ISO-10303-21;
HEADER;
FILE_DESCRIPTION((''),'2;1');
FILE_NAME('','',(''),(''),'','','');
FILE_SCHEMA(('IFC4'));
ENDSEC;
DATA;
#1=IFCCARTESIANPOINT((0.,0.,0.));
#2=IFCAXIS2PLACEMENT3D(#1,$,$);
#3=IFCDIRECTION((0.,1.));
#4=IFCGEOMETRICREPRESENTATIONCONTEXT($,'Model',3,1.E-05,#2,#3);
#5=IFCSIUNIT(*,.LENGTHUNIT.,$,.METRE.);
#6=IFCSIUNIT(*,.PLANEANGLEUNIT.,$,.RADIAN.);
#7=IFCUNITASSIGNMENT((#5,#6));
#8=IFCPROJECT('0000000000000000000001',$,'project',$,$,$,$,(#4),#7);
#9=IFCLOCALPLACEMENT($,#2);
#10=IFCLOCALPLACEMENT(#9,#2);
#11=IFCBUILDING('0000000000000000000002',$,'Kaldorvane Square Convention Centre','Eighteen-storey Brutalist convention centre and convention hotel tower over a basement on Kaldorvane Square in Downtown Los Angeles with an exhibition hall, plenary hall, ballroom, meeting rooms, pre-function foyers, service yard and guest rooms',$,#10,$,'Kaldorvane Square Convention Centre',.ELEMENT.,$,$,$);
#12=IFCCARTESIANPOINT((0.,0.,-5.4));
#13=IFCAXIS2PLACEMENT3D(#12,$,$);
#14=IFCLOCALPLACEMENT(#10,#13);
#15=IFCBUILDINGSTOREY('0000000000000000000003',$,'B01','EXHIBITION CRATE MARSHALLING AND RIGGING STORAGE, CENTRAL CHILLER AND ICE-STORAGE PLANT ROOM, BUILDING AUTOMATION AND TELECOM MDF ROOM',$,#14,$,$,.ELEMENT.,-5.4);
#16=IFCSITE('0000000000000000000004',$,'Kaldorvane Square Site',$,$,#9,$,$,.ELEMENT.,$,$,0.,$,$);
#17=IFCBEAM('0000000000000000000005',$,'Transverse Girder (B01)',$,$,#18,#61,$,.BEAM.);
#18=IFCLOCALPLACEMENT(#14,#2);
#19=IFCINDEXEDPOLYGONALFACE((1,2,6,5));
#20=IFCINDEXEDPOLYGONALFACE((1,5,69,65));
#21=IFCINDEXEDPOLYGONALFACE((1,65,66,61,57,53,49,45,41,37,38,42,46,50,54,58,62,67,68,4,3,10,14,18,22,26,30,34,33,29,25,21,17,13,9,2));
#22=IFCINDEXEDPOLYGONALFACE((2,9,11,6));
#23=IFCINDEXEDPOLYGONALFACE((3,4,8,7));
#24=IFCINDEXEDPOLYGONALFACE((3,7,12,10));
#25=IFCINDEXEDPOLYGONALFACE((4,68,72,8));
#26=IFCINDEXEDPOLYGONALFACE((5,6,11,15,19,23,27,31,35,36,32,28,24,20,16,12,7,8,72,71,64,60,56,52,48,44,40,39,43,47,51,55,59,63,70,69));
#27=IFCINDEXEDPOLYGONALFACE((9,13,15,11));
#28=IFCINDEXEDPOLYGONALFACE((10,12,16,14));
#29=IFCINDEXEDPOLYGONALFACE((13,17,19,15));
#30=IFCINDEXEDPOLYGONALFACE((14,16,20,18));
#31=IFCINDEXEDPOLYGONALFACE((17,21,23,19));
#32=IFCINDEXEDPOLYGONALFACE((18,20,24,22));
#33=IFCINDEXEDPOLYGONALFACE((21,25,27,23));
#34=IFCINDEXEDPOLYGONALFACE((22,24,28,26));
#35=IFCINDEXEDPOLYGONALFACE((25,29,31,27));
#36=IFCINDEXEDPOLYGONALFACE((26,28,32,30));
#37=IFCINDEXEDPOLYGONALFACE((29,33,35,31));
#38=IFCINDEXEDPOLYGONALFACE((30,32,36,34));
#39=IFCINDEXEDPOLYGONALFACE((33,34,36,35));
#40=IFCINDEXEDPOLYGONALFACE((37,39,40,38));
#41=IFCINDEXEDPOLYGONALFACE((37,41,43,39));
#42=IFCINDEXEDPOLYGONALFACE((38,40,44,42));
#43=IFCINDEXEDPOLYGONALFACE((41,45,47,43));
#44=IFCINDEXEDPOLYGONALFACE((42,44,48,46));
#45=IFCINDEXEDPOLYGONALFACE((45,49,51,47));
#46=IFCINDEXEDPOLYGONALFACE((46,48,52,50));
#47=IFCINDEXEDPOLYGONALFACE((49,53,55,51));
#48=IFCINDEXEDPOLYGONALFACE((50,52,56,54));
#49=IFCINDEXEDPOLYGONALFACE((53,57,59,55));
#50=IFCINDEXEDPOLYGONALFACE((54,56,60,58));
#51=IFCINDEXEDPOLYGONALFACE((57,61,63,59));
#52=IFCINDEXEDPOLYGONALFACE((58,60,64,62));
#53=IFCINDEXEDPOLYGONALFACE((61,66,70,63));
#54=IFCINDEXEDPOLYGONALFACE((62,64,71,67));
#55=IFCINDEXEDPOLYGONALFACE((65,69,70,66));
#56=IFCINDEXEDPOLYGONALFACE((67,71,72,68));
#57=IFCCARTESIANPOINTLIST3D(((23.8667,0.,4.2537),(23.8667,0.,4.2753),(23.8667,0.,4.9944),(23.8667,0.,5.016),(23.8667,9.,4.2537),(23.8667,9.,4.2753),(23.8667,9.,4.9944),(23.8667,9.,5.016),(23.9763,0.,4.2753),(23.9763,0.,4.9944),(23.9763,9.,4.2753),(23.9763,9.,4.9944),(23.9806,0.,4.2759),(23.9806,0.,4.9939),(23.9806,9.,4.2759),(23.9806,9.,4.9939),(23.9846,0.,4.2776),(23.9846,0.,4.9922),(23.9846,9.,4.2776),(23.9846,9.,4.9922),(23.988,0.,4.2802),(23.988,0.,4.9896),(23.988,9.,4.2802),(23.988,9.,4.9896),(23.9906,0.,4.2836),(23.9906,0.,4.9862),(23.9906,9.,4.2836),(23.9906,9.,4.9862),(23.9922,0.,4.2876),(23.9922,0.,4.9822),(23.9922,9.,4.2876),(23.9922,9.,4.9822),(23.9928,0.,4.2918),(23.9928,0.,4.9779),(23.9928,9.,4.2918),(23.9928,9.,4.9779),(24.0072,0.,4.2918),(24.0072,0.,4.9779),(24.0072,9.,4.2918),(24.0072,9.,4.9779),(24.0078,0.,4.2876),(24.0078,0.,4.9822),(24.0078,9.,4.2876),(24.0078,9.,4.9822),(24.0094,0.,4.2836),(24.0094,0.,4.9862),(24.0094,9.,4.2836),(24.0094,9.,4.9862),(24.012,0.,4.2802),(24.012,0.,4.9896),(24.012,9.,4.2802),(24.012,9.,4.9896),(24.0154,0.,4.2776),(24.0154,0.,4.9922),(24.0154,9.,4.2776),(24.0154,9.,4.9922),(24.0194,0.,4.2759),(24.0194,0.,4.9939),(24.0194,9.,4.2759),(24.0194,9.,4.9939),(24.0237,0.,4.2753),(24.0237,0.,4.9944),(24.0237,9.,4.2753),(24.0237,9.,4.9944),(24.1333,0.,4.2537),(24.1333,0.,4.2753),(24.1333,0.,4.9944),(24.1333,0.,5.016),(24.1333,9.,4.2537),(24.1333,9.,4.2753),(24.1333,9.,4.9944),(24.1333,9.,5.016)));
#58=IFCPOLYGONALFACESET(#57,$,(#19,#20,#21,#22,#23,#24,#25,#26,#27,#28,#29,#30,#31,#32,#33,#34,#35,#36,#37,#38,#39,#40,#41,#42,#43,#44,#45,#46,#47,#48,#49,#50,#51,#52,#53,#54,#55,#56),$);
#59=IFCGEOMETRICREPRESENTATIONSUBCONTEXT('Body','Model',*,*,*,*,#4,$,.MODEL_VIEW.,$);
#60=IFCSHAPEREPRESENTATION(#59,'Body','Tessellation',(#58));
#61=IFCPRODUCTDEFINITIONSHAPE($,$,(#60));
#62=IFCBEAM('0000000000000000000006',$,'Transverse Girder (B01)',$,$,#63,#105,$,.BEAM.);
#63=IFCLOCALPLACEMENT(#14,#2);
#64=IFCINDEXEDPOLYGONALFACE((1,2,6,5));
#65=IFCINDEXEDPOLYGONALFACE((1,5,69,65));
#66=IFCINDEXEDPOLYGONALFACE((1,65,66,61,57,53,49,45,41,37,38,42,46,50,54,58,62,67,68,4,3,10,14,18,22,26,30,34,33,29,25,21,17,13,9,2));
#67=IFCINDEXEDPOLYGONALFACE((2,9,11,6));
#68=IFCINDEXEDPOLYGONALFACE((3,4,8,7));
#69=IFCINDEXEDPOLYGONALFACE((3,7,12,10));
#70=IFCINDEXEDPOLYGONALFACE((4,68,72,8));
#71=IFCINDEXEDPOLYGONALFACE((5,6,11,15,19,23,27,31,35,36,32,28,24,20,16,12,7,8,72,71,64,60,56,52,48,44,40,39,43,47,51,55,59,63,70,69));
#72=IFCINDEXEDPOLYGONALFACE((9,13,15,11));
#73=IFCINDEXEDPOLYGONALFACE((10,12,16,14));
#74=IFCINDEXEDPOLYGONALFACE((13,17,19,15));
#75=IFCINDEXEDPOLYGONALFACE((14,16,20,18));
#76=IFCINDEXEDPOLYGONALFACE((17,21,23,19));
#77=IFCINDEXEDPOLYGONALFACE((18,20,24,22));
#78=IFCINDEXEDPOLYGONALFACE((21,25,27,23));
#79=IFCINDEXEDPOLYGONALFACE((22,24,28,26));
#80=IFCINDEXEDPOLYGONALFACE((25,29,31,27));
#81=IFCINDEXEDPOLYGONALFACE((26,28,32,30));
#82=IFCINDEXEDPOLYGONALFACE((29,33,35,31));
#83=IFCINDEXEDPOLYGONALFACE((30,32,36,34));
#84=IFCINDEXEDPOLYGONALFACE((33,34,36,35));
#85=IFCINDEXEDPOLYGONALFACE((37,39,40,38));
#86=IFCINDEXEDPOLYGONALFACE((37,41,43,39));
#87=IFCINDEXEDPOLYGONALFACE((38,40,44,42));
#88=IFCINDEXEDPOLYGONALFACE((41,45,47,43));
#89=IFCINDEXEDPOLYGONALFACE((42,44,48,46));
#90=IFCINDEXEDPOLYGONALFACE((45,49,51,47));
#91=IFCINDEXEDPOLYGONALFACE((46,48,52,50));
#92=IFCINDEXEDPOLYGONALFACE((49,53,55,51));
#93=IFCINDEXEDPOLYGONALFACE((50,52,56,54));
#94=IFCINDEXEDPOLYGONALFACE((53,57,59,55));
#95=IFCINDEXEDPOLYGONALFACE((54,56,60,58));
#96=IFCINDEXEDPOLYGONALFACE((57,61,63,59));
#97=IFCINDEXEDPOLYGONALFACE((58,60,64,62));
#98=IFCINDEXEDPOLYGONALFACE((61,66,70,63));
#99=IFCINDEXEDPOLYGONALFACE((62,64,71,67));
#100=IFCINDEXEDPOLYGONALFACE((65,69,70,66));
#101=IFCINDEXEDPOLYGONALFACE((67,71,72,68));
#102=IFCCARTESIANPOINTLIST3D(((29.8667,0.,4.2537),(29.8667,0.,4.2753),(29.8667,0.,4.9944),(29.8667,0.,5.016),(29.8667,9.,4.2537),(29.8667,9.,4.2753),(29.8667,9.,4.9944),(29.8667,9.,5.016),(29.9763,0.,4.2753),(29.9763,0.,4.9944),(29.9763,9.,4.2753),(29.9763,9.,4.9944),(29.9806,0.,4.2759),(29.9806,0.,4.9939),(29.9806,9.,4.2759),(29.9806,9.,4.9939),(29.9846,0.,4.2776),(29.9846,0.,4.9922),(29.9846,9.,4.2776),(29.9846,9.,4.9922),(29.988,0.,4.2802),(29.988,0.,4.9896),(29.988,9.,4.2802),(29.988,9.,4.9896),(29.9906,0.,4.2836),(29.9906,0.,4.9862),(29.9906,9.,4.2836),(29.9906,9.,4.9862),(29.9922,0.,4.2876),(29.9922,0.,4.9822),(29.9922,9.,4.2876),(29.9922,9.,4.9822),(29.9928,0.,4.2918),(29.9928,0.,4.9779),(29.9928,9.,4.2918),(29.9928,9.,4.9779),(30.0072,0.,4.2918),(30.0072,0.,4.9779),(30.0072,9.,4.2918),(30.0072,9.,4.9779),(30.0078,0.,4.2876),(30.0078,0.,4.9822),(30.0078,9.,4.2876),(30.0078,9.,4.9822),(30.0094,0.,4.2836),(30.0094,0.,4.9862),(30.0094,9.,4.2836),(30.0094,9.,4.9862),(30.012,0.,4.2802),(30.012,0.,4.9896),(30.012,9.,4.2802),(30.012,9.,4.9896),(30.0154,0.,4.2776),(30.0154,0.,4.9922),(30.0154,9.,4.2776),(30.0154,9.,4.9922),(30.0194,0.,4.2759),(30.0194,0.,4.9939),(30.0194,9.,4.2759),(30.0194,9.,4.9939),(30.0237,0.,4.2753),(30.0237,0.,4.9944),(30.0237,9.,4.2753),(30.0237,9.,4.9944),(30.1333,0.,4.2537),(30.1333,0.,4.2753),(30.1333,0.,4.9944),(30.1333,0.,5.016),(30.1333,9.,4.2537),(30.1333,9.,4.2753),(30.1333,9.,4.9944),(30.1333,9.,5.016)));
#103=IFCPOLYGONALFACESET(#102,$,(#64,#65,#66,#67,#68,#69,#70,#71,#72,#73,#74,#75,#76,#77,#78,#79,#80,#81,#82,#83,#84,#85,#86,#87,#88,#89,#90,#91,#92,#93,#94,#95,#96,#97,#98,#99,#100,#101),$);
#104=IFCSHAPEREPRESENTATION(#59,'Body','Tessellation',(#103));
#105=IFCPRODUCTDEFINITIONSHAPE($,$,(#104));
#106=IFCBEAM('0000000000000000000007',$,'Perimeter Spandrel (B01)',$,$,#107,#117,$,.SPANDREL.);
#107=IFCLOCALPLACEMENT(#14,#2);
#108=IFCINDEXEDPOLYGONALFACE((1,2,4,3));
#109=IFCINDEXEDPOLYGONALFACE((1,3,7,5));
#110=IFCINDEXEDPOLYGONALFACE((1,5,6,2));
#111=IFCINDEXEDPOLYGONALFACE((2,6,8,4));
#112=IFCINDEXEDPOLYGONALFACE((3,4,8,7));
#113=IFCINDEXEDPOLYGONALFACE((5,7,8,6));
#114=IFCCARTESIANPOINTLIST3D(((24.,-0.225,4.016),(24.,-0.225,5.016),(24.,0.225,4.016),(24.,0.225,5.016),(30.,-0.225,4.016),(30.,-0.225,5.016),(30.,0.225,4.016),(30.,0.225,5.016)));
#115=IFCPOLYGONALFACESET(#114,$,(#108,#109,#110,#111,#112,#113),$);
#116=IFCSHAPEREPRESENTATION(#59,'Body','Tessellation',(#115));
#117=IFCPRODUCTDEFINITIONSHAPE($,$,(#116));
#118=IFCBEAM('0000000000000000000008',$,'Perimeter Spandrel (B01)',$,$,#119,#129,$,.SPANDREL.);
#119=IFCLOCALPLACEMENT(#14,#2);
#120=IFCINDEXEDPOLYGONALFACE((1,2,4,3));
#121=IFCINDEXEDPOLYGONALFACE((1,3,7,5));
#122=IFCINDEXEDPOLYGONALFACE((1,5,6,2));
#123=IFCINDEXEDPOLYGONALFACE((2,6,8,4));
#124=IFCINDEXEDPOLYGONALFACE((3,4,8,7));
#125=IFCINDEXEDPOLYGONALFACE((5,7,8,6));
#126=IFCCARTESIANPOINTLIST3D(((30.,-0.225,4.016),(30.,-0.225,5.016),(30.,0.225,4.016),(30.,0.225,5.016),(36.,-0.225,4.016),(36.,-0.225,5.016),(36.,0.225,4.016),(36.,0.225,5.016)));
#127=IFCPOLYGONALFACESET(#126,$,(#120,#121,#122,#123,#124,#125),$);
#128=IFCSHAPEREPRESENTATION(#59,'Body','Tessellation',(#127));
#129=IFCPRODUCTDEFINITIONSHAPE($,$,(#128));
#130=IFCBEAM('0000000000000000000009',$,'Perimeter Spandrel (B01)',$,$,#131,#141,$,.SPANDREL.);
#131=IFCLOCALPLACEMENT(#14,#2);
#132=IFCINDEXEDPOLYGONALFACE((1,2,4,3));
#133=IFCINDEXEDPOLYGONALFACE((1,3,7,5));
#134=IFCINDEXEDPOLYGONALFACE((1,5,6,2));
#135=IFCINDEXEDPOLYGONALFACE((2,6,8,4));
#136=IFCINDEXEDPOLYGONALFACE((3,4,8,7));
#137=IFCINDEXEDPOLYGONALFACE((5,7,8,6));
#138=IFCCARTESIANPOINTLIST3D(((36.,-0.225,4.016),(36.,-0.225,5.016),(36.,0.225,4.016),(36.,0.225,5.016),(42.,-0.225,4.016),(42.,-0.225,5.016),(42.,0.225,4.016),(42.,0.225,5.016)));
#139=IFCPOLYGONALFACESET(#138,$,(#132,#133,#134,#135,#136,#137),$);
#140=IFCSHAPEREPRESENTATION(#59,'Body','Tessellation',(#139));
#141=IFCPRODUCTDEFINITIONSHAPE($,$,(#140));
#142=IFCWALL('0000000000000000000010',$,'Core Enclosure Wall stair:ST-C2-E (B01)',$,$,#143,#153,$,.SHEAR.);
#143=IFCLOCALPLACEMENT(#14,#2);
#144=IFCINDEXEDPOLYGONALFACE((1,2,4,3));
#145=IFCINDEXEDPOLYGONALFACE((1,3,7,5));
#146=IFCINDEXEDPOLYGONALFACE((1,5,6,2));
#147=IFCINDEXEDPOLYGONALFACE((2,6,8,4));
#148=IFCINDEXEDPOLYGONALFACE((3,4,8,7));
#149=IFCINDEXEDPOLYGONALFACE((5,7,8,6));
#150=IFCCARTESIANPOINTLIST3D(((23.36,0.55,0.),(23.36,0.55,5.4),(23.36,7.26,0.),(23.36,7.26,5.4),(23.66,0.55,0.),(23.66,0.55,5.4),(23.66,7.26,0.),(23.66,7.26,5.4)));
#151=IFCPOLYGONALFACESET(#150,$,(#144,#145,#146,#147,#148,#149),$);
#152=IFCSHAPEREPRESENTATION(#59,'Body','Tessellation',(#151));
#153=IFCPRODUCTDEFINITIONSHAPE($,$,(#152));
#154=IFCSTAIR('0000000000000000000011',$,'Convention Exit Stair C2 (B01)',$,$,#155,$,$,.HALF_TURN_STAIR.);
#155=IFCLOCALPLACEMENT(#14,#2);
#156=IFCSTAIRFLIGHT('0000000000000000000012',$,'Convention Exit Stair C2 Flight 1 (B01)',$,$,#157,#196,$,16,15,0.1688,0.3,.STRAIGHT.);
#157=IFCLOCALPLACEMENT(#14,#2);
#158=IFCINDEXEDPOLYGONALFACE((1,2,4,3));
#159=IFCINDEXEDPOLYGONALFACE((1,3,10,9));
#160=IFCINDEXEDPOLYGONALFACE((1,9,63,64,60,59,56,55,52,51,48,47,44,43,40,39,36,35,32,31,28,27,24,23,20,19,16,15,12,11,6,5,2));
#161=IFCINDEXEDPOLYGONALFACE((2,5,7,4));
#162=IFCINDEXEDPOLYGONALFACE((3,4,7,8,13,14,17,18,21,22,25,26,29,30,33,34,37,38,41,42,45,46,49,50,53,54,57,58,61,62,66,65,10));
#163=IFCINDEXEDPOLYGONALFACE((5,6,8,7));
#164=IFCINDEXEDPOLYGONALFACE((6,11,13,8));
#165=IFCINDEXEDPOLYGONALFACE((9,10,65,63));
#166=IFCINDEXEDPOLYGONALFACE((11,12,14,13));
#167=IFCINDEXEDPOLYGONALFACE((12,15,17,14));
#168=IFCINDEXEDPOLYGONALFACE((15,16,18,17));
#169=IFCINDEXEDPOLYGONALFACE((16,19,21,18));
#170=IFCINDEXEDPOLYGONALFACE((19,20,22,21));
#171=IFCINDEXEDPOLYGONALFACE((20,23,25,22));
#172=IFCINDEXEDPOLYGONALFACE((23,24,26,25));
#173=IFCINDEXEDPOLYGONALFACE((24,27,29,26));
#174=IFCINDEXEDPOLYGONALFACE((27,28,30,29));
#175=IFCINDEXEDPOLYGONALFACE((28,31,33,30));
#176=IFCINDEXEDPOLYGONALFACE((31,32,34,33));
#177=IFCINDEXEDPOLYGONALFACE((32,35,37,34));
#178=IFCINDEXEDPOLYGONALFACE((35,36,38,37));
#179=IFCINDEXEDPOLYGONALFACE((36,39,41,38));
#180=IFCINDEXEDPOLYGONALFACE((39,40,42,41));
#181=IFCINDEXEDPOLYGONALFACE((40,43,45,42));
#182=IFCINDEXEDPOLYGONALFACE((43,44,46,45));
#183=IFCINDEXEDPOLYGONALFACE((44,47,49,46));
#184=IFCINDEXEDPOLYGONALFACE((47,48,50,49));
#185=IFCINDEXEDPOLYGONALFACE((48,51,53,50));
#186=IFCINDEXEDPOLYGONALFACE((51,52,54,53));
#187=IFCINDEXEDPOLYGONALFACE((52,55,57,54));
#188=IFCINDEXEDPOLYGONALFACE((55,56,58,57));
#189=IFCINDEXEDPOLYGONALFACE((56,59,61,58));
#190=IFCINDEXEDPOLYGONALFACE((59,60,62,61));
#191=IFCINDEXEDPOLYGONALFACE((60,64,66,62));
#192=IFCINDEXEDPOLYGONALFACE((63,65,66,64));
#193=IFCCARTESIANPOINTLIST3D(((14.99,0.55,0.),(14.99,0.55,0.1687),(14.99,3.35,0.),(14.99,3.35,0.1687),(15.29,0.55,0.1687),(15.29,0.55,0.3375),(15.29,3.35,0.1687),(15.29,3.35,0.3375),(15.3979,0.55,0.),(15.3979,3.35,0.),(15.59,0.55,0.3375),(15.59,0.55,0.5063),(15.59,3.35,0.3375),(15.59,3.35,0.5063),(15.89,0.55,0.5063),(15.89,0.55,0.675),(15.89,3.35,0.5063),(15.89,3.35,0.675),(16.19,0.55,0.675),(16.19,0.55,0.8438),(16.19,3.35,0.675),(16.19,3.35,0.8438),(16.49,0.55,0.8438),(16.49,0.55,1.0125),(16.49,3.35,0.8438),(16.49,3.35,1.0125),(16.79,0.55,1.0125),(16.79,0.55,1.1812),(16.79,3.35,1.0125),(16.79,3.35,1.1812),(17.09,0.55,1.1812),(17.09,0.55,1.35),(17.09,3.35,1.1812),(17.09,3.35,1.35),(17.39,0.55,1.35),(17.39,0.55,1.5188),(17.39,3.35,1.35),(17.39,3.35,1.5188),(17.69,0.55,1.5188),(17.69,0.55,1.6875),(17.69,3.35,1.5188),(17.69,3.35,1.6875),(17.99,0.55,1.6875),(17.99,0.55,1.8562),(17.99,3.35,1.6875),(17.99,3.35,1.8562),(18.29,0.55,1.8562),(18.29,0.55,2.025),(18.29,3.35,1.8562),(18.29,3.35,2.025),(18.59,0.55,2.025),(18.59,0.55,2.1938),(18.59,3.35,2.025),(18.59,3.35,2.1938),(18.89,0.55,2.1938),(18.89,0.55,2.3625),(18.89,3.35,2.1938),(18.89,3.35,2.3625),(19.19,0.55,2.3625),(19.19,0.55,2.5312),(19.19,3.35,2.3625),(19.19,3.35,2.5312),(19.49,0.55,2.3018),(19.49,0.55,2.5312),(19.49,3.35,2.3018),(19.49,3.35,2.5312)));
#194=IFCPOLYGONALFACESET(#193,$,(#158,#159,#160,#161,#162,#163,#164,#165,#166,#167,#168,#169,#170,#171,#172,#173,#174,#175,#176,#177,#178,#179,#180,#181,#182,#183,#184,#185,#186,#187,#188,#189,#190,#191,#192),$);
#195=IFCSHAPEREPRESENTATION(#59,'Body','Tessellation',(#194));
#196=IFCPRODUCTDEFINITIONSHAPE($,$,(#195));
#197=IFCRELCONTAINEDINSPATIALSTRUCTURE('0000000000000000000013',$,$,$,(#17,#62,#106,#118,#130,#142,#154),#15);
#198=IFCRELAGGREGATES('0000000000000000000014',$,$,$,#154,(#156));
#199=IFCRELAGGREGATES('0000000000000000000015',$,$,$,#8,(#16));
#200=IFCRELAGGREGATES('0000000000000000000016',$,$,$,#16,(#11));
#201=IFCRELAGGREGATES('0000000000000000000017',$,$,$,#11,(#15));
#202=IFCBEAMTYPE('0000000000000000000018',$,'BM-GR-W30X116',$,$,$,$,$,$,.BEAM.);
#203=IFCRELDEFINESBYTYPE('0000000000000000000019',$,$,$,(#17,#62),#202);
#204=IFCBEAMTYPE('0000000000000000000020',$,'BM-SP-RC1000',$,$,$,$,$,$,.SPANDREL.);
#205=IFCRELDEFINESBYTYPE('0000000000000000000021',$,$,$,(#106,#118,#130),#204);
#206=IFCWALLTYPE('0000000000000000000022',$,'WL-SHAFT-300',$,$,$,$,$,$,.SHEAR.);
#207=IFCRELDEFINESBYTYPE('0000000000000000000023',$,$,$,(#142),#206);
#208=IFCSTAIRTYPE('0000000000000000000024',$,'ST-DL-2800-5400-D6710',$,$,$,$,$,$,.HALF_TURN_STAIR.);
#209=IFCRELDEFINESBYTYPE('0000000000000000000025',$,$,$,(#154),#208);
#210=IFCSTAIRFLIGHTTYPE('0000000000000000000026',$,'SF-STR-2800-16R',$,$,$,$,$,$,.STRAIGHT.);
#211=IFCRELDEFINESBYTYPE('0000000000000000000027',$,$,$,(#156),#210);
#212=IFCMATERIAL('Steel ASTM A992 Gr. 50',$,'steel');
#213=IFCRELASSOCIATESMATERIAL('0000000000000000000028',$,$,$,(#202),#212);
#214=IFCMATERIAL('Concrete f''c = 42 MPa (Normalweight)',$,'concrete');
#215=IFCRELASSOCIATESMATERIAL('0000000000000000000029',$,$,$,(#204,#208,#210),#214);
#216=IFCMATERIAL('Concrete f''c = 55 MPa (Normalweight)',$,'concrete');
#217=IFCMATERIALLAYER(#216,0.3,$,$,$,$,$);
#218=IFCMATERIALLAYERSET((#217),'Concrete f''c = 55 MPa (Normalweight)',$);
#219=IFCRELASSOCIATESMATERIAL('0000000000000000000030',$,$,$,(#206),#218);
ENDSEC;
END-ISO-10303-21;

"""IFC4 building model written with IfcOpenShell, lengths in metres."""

from ifc_helpers import new_model, si_unit, direction, frame, frame_2d, origin, origin_2d, place, context, subcontext, project, spatial, polyline, rectangle, i_section, outline, extrude, material, layer, layer_set, material_profile, profile_set, type_object, element, aggregate, save


model = new_model("IFC4")

# Units and contexts
model_context = context("Model", 3, precision=1e-05, world=origin(), true_north=direction((0.0, 1.0)))
body_context = subcontext(model_context, "Body", "Model", "MODEL_VIEW")
ifc_project = project(units=[si_unit("LENGTHUNIT", "METRE"), si_unit("PLANEANGLEUNIT", "RADIAN")], contexts=[model_context])

# Site, building, storey
site_placement = place(None, origin())
site = spatial("IfcSite", under=ifc_project, at=site_placement, Name="Kaldorvane Square Site", CompositionType="ELEMENT", RefElevation=0.0)
building_placement = place(site_placement, origin())
building = spatial("IfcBuilding", under=site, at=building_placement, Name="Kaldorvane Square Convention Centre", Description="Eighteen-storey Brutalist convention centre and convention hotel tower over a basement on Kaldorvane Square in Downtown Los Angeles with an exhibition hall, plenary hall, ballroom, meeting rooms, pre-function foyers, service yard and guest rooms", LongName="Kaldorvane Square Convention Centre", CompositionType="ELEMENT")
storey_placement = place(building_placement, frame((0.0, 0.0, -5.4)))
storey = spatial("IfcBuildingStorey", under=building, at=storey_placement, Name="B01", Description="EXHIBITION CRATE MARSHALLING AND RIGGING STORAGE, CENTRAL CHILLER AND ICE-STORAGE PLANT ROOM, BUILDING AUTOMATION AND TELECOM MDF ROOM", CompositionType="ELEMENT", Elevation=-5.4)

# Shared definitions
ifc_material_1 = material(Name="Concrete f'c = 42 MPa (Normalweight)", Category="concrete")

# Shared definitions
ifc_material_2 = material(Name="Steel ASTM A992 Gr. 50", Category="steel")
ifc_material_3 = material(Name="Concrete f'c = 55 MPa (Normalweight)", Category="concrete")

# Beams
ifc_material_profile_1 = material_profile(ifc_material_2, i_section(OverallWidth=0.2666, OverallDepth=0.7623, WebThickness=0.0144, FlangeThickness=0.0216, FilletRadius=0.0165, at=origin_2d()), Name="W30X116")
ifc_profile_set_1 = profile_set([ifc_material_profile_1], Name="Steel ASTM A992 Gr. 50")
beam_type_1 = type_object("IfcBeamType", Name="BM-GR-W30X116", PredefinedType="BEAM", material=ifc_profile_set_1)
for number, where, z_axis, x_axis, name in (
    (1, (24.0, 0.0, 4.6349), (0.0, 1.0, 0.0), (-1.0, 0.0, 0.0), "Transverse Girder (B01)"),
    (2, (30.0, 0.0, 4.6349), (0.0, 1.0, 0.0), (-1.0, 0.0, 0.0), "Transverse Girder (B01)"),
):
    element("IfcBeam", number, at=place(storey_placement, frame(where, z_axis=z_axis, x_axis=x_axis)), inside=storey, type_object=beam_type_1, Name=name, PredefinedType="BEAM", context=body_context, shape_type="SweptSolid", body=[
        extrude(i_section(OverallWidth=0.2666, OverallDepth=0.7623, WebThickness=0.0144, FlangeThickness=0.0216, FilletRadius=0.0165, at=origin_2d()), origin(), (0.0, 0.0, 1.0), 9.0),
    ])
ifc_material_profile_2 = material_profile(ifc_material_1, rectangle(XDim=0.45, YDim=1.0, at=origin_2d()), Name="RCSP1000X450")
ifc_profile_set_2 = profile_set([ifc_material_profile_2], Name="Concrete f'c = 42 MPa (Normalweight)")
beam_type_2 = type_object("IfcBeamType", Name="BM-SP-RC1000", PredefinedType="SPANDREL", material=ifc_profile_set_2)
for number, where, z_axis, x_axis, name in (
    (3, (24.0, 0.0, 4.516), (1.0, 0.0, 0.0), (0.0, 1.0, 0.0), "Perimeter Spandrel (B01)"),
    (4, (30.0, 0.0, 4.516), (1.0, 0.0, 0.0), (0.0, 1.0, 0.0), "Perimeter Spandrel (B01)"),
    (5, (36.0, 0.0, 4.516), (1.0, 0.0, 0.0), (0.0, 1.0, 0.0), "Perimeter Spandrel (B01)"),
):
    element("IfcBeam", number, at=place(storey_placement, frame(where, z_axis=z_axis, x_axis=x_axis)), inside=storey, type_object=beam_type_2, Name=name, PredefinedType="SPANDREL", context=body_context, shape_type="SweptSolid", body=[
        extrude(rectangle(XDim=0.45, YDim=1.0, at=origin_2d()), origin(), (0.0, 0.0, 1.0), 6.0),
    ])

# Wall
ifc_layer = layer(ifc_material_3, 0.3)
ifc_layer_set = layer_set([ifc_layer], Name="Concrete f'c = 55 MPa (Normalweight)")
wall_type = type_object("IfcWallType", Name="WL-SHAFT-300", PredefinedType="SHEAR", material=ifc_layer_set)
wall_placement = place(storey_placement, frame((23.51, 0.55, 0.0), z_axis=(0.0, 0.0, 1.0), x_axis=(0.0, 1.0, 0.0)))
element("IfcWall", 6, at=wall_placement, inside=storey, type_object=wall_type, Name="Core Enclosure Wall stair:ST-C2-E (B01)", PredefinedType="SHEAR", context=body_context, shape_type="SweptSolid", body=[
    extrude(rectangle(XDim=6.71, YDim=0.3, at=frame_2d((3.355, 0.0))), origin(), (0.0, 0.0, 1.0), 5.4),
])

# Stair, stair flight
stair_type = type_object("IfcStairType", Name="ST-DL-2800-5400-D6710", PredefinedType="HALF_TURN_STAIR", material=ifc_material_1)
stair_1_placement = place(storey_placement, origin())
stair_1 = element("IfcStair", 7, at=stair_1_placement, inside=storey, type_object=stair_type, Name="Convention Exit Stair C2 (B01)", PredefinedType="HALF_TURN_STAIR")
stair_flight_type = type_object("IfcStairFlightType", Name="SF-STR-2800-16R", PredefinedType="STRAIGHT", material=ifc_material_1)
stair_flight_1_placement = place(storey_placement, frame((14.99, 1.95, 0.0), z_axis=(0.0, 0.0, 1.0), x_axis=(1.0, 0.0, 0.0)))
stair_flight_1 = element("IfcStairFlight", 8, at=stair_flight_1_placement, type_object=stair_flight_type, Name="Convention Exit Stair C2 Flight 1 (B01)", NumberOfRisers=16, NumberOfTreads=15, PredefinedType="STRAIGHT", RiserHeight=0.1688, TreadLength=0.3, context=body_context, shape_type="SweptSolid", body=[
    extrude(outline(polyline([(0.0, 0.0), (0.0, 0.1687), (0.3, 0.1687), (0.3, 0.3375), (0.6, 0.3375), (0.6, 0.5063), (0.9, 0.5063), (0.9, 0.675), (1.2, 0.675), (1.2, 0.8438), (1.5, 0.8438), (1.5, 1.0125), (1.8, 1.0125), (1.8, 1.1812), (2.1, 1.1812), (2.1, 1.35), (2.4, 1.35), (2.4, 1.5188), (2.7, 1.5188), (2.7, 1.6875), (3.0, 1.6875), (3.0, 1.8562), (3.3, 1.8562), (3.3, 2.025), (3.6, 2.025), (3.6, 2.1938), (3.9, 2.1938), (3.9, 2.3625), (4.2, 2.3625), (4.2, 2.5312), (4.5, 2.5312), (4.5, 2.7), (4.5, 2.3018), (0.4079, 0.0), (0.0, 0.0)])), frame((0.0, 1.4, 0.0), z_axis=(0.0, -1.0, 0.0), x_axis=(1.0, 0.0, 0.0)), (0.0, 0.0, 1.0), 2.8),
])
aggregate(stair_1, [stair_flight_1])

save(model, "model.ifc")
